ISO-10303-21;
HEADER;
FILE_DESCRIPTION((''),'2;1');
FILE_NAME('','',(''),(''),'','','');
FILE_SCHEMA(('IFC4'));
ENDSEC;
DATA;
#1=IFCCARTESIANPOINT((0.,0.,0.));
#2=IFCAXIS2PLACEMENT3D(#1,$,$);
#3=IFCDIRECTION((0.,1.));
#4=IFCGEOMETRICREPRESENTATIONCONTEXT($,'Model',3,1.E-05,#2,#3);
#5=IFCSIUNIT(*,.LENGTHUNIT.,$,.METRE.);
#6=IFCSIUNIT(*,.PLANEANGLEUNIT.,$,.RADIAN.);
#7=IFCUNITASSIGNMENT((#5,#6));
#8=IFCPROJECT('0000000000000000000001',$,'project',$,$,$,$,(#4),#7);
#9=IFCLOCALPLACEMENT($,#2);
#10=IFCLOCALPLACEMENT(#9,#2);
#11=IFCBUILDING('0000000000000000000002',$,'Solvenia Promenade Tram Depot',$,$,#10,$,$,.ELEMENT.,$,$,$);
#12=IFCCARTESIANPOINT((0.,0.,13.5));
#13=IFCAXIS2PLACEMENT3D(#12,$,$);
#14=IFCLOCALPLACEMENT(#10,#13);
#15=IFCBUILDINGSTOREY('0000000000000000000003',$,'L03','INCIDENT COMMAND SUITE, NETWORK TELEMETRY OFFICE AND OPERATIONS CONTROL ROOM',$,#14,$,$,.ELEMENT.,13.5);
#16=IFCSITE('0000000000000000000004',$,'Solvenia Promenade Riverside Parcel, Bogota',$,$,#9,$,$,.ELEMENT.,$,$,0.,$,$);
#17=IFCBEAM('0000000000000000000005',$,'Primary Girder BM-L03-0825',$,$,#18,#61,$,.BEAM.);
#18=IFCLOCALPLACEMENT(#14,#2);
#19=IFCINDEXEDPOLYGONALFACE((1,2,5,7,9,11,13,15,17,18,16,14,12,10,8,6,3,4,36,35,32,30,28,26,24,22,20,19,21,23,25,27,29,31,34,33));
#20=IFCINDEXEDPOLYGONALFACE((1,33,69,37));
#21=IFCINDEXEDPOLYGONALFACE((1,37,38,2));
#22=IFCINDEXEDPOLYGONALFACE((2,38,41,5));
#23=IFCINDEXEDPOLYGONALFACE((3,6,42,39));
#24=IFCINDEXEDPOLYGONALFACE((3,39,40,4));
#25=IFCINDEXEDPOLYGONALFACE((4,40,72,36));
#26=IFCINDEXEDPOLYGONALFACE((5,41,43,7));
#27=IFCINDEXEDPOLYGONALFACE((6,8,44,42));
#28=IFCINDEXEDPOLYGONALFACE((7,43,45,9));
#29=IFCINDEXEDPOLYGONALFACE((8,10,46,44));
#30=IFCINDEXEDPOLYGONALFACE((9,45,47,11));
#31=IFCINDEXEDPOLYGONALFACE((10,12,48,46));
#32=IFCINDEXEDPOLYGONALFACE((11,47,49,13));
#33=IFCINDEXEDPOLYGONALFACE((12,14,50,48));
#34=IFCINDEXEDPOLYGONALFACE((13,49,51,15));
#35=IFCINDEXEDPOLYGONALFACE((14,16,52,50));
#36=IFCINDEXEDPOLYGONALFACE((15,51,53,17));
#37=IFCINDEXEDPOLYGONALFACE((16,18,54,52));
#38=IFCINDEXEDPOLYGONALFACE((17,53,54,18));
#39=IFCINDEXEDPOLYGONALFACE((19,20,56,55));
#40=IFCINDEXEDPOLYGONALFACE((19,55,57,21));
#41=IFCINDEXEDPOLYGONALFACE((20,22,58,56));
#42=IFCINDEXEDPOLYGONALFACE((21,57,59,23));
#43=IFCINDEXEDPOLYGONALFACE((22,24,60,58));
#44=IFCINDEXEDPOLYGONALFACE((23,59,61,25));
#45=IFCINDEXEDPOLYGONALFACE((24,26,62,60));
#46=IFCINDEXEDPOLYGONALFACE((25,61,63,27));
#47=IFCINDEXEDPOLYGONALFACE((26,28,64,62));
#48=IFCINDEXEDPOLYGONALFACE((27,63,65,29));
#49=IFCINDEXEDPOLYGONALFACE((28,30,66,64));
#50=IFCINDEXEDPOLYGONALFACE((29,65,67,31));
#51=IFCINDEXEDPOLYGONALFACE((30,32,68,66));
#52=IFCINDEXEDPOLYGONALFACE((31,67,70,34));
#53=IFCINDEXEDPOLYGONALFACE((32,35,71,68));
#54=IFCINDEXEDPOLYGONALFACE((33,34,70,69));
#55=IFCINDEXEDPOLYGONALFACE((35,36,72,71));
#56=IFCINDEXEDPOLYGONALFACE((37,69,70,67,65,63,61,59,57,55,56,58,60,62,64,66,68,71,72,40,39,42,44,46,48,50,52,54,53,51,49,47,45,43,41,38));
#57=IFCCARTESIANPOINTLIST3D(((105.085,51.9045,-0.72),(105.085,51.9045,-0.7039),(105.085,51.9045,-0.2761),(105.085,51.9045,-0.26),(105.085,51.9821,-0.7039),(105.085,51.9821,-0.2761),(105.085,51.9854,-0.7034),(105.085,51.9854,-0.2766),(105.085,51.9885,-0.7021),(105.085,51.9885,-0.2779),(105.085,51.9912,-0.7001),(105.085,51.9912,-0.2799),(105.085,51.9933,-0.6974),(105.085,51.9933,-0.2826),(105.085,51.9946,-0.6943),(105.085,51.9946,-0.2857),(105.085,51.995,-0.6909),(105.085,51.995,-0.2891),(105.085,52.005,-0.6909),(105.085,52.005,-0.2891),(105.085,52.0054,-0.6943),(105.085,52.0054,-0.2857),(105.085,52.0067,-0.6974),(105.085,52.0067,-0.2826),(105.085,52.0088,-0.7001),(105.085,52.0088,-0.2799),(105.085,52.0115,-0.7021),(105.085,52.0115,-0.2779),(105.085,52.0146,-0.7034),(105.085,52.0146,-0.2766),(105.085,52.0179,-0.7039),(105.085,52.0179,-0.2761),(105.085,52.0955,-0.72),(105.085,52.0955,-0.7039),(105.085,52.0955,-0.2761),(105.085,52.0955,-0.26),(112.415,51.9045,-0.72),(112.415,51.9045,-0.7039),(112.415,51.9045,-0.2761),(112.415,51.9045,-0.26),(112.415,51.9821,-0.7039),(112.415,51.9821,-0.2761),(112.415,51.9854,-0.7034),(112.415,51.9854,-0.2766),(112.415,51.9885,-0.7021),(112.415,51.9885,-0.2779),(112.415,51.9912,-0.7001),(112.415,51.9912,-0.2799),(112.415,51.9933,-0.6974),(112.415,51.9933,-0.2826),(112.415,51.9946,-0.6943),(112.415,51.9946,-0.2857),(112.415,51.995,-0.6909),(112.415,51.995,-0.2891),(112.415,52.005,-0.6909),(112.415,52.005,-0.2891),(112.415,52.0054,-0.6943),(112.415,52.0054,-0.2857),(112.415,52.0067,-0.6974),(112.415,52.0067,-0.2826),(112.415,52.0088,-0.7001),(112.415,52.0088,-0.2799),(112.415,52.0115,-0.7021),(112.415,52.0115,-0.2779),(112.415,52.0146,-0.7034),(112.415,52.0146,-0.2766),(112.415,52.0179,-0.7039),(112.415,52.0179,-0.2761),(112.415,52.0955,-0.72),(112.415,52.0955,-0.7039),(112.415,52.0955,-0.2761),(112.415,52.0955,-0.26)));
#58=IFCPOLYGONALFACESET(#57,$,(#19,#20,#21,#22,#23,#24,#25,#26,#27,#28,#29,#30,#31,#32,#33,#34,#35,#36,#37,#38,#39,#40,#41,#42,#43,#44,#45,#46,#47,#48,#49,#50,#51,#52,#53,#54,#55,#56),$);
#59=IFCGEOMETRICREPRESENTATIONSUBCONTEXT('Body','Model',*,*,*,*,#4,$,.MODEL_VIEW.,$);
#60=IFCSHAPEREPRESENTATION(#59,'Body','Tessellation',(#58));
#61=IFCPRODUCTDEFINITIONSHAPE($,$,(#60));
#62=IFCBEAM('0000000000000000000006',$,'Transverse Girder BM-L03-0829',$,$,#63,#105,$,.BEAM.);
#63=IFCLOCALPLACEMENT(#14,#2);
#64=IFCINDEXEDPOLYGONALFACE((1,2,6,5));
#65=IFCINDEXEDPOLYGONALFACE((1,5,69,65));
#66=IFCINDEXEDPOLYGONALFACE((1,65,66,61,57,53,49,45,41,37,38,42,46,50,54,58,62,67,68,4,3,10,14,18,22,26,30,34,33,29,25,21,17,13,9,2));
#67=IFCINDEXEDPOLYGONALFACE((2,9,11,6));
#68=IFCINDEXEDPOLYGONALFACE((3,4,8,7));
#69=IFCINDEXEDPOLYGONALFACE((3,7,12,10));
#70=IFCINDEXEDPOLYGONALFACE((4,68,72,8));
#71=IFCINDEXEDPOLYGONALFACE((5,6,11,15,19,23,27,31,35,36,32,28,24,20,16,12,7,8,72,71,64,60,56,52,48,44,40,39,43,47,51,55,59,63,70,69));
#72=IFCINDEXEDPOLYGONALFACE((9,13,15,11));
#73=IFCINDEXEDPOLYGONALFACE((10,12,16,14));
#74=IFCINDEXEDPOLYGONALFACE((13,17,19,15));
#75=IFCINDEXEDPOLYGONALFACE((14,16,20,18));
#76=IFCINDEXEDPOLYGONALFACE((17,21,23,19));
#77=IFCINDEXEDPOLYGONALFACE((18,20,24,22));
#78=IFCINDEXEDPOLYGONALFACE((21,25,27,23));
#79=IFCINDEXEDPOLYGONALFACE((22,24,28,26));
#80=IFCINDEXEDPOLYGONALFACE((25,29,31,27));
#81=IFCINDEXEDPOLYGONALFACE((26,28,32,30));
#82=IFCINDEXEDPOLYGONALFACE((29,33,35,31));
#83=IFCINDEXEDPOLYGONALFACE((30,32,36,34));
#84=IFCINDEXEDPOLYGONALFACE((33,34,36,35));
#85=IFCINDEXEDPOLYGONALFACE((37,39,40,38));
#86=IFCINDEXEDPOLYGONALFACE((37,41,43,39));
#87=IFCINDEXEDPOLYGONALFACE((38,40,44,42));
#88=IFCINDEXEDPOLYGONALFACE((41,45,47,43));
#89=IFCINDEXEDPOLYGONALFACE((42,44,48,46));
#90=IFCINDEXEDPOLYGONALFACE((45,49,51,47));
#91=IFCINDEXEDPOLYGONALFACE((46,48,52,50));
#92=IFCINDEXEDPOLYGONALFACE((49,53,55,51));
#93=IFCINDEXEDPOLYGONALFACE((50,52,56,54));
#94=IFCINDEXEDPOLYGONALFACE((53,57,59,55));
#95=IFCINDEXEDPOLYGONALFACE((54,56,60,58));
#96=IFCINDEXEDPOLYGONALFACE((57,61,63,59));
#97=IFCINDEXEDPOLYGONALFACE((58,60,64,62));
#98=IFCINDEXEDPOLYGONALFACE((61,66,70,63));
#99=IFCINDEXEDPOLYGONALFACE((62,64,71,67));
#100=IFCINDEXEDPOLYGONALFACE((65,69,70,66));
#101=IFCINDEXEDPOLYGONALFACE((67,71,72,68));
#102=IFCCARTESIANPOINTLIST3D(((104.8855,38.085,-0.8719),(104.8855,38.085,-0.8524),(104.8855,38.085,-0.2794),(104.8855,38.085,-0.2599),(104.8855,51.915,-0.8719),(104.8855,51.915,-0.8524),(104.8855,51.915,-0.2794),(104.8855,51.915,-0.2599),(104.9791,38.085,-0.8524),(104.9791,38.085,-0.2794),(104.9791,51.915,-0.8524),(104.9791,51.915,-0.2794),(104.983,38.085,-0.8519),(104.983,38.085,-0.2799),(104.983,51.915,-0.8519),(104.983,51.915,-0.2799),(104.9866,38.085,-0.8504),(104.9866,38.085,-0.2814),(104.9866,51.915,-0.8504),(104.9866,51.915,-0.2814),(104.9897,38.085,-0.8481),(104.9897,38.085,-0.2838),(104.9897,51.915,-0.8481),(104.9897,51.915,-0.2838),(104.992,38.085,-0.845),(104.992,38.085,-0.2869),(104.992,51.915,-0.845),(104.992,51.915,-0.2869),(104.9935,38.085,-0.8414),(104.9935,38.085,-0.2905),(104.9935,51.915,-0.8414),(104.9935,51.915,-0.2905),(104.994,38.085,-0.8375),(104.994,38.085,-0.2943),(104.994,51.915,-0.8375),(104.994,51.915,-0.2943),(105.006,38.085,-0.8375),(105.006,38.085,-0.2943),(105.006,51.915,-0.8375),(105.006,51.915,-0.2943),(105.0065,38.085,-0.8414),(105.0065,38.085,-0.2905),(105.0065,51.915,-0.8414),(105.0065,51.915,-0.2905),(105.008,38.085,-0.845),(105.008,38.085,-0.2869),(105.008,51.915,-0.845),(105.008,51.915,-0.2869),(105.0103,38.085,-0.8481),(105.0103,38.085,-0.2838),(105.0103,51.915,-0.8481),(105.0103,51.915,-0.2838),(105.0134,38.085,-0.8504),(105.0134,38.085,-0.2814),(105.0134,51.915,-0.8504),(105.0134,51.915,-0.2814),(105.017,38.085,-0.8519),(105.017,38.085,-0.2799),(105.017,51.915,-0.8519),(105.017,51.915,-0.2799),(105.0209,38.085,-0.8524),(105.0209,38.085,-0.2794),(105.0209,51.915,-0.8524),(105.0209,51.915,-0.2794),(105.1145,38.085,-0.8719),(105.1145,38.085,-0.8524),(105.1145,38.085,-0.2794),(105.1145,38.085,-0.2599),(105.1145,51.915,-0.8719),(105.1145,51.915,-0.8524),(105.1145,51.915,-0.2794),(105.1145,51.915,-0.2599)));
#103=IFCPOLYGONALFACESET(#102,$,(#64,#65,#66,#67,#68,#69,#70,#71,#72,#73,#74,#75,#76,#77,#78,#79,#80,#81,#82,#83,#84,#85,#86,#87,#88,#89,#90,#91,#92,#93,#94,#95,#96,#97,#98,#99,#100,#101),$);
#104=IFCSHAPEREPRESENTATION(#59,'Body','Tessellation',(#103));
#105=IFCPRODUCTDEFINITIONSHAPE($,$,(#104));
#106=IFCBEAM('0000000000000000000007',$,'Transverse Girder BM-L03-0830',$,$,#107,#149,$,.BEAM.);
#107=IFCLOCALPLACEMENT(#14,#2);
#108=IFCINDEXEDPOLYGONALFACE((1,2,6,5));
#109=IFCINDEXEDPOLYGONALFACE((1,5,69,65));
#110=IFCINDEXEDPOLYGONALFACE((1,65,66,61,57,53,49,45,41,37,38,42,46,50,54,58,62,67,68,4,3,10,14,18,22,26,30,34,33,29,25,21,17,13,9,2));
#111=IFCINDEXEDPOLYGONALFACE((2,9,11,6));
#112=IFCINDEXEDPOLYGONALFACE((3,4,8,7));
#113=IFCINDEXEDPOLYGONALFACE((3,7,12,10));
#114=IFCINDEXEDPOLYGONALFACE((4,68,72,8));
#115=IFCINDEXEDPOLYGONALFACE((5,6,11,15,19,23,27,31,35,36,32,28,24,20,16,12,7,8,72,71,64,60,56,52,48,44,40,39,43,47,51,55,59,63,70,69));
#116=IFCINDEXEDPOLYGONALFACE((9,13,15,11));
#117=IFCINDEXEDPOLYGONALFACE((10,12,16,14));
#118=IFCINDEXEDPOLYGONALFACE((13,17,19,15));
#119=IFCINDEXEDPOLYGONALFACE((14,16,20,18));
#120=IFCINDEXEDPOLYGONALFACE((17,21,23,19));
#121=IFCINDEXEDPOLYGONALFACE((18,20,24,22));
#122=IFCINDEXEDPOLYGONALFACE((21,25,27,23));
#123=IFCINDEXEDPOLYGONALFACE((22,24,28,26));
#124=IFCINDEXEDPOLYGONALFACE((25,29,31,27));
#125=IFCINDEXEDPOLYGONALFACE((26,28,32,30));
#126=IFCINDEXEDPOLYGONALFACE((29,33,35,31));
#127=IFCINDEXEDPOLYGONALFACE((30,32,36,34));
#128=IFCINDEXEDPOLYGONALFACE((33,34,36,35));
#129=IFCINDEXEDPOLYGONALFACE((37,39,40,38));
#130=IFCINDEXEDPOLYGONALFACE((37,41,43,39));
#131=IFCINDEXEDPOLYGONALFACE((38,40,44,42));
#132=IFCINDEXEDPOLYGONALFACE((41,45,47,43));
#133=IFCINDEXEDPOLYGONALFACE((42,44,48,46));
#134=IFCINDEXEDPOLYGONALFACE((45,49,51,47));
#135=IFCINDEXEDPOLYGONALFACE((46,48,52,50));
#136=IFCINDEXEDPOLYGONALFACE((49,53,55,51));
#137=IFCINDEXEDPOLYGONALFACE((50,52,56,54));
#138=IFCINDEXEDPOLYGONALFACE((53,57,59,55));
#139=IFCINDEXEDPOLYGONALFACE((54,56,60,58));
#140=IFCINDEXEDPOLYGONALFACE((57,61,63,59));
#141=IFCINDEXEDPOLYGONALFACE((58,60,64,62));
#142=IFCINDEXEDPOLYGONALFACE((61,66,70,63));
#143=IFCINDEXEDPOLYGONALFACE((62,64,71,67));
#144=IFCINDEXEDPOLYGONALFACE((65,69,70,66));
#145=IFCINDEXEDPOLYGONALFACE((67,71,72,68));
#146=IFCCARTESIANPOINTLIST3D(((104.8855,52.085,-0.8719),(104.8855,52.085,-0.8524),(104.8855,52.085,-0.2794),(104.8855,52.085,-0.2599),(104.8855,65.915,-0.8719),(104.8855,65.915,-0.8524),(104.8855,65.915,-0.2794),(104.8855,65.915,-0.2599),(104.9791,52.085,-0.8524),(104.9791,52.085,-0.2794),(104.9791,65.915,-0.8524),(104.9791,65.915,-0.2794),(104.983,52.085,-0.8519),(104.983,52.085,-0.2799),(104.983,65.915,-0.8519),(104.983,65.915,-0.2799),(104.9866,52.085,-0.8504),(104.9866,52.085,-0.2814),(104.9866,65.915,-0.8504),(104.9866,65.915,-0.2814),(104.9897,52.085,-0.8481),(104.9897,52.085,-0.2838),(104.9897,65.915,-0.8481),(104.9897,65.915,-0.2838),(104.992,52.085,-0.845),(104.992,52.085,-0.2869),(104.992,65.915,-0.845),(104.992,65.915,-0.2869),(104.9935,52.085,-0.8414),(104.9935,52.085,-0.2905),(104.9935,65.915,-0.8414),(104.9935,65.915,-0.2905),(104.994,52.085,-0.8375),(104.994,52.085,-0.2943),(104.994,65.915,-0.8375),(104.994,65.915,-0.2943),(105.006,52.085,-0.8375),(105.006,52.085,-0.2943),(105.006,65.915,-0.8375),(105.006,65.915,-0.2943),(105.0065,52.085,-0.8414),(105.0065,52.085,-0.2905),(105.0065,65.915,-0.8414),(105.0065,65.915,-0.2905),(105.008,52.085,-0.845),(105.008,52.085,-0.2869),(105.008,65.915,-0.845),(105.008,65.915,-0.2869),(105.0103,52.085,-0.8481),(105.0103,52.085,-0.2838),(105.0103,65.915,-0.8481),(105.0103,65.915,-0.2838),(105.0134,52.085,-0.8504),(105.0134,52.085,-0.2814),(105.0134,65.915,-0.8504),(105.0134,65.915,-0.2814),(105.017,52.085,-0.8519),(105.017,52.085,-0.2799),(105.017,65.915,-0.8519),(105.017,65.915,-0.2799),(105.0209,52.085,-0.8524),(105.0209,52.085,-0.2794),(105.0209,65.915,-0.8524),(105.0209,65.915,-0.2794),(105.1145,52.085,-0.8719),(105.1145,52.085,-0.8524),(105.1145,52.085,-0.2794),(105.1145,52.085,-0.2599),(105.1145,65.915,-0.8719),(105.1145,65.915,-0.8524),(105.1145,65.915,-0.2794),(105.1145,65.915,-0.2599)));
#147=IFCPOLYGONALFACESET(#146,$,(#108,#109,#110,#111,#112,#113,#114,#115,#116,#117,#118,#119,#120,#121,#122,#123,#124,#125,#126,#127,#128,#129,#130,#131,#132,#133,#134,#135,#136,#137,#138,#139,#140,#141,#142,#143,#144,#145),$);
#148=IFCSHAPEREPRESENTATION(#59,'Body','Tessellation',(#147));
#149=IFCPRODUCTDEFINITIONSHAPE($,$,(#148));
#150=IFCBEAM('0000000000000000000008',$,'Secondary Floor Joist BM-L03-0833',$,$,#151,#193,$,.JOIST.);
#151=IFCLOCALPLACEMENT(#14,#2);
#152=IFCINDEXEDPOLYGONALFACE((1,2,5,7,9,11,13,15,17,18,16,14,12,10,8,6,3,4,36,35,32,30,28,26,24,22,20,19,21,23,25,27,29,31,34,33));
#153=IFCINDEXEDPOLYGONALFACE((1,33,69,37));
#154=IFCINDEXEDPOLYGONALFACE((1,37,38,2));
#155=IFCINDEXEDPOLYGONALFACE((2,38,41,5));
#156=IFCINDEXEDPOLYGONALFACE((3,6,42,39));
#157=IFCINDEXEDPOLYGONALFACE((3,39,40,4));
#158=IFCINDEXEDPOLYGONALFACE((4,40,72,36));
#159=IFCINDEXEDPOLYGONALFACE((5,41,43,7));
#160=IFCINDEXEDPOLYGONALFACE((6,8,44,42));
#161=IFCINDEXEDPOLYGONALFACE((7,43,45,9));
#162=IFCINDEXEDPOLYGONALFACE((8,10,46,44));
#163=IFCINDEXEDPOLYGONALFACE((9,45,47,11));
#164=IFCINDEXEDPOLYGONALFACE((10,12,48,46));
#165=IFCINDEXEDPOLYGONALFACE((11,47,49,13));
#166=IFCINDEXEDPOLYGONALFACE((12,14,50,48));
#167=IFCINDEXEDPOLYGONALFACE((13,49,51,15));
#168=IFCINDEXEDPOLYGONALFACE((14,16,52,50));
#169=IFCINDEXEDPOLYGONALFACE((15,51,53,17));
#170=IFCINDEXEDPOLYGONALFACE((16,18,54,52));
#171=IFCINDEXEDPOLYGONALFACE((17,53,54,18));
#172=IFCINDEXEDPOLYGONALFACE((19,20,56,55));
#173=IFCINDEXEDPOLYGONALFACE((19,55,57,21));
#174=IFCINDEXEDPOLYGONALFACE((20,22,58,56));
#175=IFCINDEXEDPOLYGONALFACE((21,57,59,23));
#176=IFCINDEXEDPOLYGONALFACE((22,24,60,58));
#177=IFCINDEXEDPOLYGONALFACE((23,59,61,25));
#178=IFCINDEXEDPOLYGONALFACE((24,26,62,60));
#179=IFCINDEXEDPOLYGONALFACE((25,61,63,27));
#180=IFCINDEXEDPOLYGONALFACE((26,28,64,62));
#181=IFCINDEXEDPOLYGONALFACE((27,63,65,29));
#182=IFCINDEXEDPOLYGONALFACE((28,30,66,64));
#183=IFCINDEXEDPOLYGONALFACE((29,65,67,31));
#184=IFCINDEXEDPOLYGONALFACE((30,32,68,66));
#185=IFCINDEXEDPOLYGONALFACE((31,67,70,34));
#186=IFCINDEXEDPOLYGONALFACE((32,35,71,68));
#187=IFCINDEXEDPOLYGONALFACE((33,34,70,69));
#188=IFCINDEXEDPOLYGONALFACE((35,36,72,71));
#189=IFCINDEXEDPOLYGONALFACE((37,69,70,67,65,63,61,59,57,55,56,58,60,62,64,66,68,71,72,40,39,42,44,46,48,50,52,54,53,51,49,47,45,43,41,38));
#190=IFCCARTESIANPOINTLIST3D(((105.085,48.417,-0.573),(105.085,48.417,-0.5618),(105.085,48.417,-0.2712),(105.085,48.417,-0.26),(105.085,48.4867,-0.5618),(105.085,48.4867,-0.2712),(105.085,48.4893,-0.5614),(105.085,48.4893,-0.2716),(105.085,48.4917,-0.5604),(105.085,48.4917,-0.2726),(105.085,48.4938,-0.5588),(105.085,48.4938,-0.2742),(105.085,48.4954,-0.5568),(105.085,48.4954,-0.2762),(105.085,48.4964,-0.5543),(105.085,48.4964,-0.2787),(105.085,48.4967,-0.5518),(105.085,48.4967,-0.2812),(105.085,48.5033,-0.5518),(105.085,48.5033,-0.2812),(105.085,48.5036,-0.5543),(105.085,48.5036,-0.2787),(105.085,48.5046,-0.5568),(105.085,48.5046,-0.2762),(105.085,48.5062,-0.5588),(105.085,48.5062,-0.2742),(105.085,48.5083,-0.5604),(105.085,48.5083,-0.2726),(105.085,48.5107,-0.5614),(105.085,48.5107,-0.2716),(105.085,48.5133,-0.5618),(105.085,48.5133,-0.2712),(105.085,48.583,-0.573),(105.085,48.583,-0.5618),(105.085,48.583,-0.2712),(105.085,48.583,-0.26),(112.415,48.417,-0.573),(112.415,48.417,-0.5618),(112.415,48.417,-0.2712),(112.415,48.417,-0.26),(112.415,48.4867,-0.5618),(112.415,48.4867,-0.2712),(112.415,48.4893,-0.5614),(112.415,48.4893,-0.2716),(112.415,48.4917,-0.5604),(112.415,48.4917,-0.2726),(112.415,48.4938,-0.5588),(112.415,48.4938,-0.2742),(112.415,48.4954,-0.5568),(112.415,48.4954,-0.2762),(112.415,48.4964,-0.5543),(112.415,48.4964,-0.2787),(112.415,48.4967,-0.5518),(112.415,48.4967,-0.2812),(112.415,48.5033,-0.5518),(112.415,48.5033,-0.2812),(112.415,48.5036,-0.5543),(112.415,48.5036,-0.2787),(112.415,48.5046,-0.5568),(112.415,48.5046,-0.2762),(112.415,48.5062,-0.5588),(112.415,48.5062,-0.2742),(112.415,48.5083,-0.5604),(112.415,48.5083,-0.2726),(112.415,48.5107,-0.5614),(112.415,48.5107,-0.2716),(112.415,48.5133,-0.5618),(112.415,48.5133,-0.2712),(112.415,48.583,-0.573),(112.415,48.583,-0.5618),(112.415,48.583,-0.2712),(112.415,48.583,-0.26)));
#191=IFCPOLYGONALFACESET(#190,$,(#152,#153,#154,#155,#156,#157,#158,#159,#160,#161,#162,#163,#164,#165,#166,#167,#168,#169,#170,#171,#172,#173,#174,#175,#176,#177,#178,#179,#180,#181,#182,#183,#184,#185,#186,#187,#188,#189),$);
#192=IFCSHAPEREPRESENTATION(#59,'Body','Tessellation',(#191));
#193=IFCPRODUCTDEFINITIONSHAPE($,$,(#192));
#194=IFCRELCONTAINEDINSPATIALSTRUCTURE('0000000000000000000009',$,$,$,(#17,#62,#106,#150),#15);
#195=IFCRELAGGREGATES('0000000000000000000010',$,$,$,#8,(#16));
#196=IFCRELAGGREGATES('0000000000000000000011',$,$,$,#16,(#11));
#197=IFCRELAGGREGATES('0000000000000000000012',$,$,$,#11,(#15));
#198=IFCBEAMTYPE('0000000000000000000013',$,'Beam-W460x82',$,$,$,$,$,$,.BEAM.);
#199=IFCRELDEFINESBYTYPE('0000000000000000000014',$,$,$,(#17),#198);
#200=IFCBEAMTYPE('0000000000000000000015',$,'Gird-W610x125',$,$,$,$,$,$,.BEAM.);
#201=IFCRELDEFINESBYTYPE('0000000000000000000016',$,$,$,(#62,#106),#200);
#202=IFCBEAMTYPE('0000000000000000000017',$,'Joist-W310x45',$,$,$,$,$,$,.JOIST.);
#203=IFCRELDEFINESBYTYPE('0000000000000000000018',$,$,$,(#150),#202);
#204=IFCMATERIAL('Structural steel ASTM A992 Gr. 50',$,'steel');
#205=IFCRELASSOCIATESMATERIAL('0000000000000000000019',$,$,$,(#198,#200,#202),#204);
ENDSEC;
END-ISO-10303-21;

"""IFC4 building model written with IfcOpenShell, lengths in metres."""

from ifc_helpers import new_model, si_unit, direction, frame, origin, origin_2d, place, context, subcontext, project, spatial, i_section, extrude, material, material_profile, profile_set, type_object, element, save


model = new_model("IFC4")

# Units and contexts
model_context = context("Model", 3, precision=1e-05, world=origin(), true_north=direction((0.0, 1.0)))
body_context = subcontext(model_context, "Body", "Model", "MODEL_VIEW")
ifc_project = project(units=[si_unit("LENGTHUNIT", "METRE"), si_unit("PLANEANGLEUNIT", "RADIAN")], contexts=[model_context])

# Site, building, storey
site_placement = place(None, origin())
site = spatial("IfcSite", under=ifc_project, at=site_placement, Name="Solvenia Promenade Riverside Parcel, Bogota", CompositionType="ELEMENT", RefElevation=0.0)
building_placement = place(site_placement, origin())
building = spatial("IfcBuilding", under=site, at=building_placement, Name="Solvenia Promenade Tram Depot", CompositionType="ELEMENT")
storey_placement = place(building_placement, frame((0.0, 0.0, 13.5)))
storey = spatial("IfcBuildingStorey", under=building, at=storey_placement, Name="L03", Description="INCIDENT COMMAND SUITE, NETWORK TELEMETRY OFFICE AND OPERATIONS CONTROL ROOM", CompositionType="ELEMENT", Elevation=13.5)

# Beams
ifc_material_1 = material(Name="Structural steel ASTM A992 Gr. 50", Category="steel")
ifc_material_profile_1 = material_profile(ifc_material_1, i_section(OverallWidth=0.1909, OverallDepth=0.46, WebThickness=0.01, FlangeThickness=0.0161, FilletRadius=0.0129, at=origin_2d()), Name="W460x82", Category="steel")
ifc_profile_set_1 = profile_set([ifc_material_profile_1], Name="Structural steel ASTM A992 Gr. 50")
beam_type_1 = type_object("IfcBeamType", Name="Beam-W460x82", PredefinedType="BEAM", material=ifc_profile_set_1)
beam_placement = place(storey_placement, frame((105.085, 52.0, -0.49), z_axis=(1.0, 0.0, 0.0), x_axis=(0.0, 1.0, 0.0)))
element("IfcBeam", 1, at=beam_placement, inside=storey, type_object=beam_type_1, Name="Primary Girder BM-L03-0825", PredefinedType="BEAM", context=body_context, shape_type="SweptSolid", body=[
    extrude(i_section(OverallWidth=0.1909, OverallDepth=0.46, WebThickness=0.01, FlangeThickness=0.0161, FilletRadius=0.0129, at=origin_2d()), origin(), (0.0, 0.0, 1.0), 7.3301),
])
ifc_material_profile_2 = material_profile(ifc_material_1, i_section(OverallWidth=0.229, OverallDepth=0.6121, WebThickness=0.012, FlangeThickness=0.0195, FilletRadius=0.0149, at=origin_2d()), Name="W610x125", Category="steel")
ifc_profile_set_2 = profile_set([ifc_material_profile_2], Name="Structural steel ASTM A992 Gr. 50")
beam_type_2 = type_object("IfcBeamType", Name="Gird-W610x125", PredefinedType="BEAM", material=ifc_profile_set_2)
for number, where, z_axis, x_axis, name in (
    (2, (105.0, 38.085, -0.5659), (0.0, 1.0, 0.0), (-1.0, 0.0, 0.0), "Transverse Girder BM-L03-0829"),
    (3, (105.0, 52.085, -0.5659), (0.0, 1.0, 0.0), (-1.0, 0.0, 0.0), "Transverse Girder BM-L03-0830"),
):
    element("IfcBeam", number, at=place(storey_placement, frame(where, z_axis=z_axis, x_axis=x_axis)), inside=storey, type_object=beam_type_2, Name=name, PredefinedType="BEAM", context=body_context, shape_type="SweptSolid", body=[
        extrude(i_section(OverallWidth=0.229, OverallDepth=0.6121, WebThickness=0.012, FlangeThickness=0.0195, FilletRadius=0.0149, at=origin_2d()), origin(), (0.0, 0.0, 1.0), 13.8301),
    ])
ifc_material_profile_3 = material_profile(ifc_material_1, i_section(OverallWidth=0.166, OverallDepth=0.313, WebThickness=0.0066, FlangeThickness=0.0112, FilletRadius=0.01, at=origin_2d()), Name="W310x45", Category="steel")
ifc_profile_set_3 = profile_set([ifc_material_profile_3], Name="Structural steel ASTM A992 Gr. 50")
beam_type_3 = type_object("IfcBeamType", Name="Joist-W310x45", PredefinedType="JOIST", material=ifc_profile_set_3)
for number, where, z_axis, x_axis, name in (
    (4, (105.085, 48.5, -0.4165), (1.0, 0.0, 0.0), (0.0, 1.0, 0.0), "Secondary Floor Joist BM-L03-0833"),
):
    element("IfcBeam", number, at=place(storey_placement, frame(where, z_axis=z_axis, x_axis=x_axis)), inside=storey, type_object=beam_type_3, Name=name, PredefinedType="JOIST", context=body_context, shape_type="SweptSolid", body=[
        extrude(i_section(OverallWidth=0.166, OverallDepth=0.313, WebThickness=0.0066, FlangeThickness=0.0112, FilletRadius=0.01, at=origin_2d()), origin(), (0.0, 0.0, 1.0), 7.3301),
    ])

save(model, "model.ifc")
